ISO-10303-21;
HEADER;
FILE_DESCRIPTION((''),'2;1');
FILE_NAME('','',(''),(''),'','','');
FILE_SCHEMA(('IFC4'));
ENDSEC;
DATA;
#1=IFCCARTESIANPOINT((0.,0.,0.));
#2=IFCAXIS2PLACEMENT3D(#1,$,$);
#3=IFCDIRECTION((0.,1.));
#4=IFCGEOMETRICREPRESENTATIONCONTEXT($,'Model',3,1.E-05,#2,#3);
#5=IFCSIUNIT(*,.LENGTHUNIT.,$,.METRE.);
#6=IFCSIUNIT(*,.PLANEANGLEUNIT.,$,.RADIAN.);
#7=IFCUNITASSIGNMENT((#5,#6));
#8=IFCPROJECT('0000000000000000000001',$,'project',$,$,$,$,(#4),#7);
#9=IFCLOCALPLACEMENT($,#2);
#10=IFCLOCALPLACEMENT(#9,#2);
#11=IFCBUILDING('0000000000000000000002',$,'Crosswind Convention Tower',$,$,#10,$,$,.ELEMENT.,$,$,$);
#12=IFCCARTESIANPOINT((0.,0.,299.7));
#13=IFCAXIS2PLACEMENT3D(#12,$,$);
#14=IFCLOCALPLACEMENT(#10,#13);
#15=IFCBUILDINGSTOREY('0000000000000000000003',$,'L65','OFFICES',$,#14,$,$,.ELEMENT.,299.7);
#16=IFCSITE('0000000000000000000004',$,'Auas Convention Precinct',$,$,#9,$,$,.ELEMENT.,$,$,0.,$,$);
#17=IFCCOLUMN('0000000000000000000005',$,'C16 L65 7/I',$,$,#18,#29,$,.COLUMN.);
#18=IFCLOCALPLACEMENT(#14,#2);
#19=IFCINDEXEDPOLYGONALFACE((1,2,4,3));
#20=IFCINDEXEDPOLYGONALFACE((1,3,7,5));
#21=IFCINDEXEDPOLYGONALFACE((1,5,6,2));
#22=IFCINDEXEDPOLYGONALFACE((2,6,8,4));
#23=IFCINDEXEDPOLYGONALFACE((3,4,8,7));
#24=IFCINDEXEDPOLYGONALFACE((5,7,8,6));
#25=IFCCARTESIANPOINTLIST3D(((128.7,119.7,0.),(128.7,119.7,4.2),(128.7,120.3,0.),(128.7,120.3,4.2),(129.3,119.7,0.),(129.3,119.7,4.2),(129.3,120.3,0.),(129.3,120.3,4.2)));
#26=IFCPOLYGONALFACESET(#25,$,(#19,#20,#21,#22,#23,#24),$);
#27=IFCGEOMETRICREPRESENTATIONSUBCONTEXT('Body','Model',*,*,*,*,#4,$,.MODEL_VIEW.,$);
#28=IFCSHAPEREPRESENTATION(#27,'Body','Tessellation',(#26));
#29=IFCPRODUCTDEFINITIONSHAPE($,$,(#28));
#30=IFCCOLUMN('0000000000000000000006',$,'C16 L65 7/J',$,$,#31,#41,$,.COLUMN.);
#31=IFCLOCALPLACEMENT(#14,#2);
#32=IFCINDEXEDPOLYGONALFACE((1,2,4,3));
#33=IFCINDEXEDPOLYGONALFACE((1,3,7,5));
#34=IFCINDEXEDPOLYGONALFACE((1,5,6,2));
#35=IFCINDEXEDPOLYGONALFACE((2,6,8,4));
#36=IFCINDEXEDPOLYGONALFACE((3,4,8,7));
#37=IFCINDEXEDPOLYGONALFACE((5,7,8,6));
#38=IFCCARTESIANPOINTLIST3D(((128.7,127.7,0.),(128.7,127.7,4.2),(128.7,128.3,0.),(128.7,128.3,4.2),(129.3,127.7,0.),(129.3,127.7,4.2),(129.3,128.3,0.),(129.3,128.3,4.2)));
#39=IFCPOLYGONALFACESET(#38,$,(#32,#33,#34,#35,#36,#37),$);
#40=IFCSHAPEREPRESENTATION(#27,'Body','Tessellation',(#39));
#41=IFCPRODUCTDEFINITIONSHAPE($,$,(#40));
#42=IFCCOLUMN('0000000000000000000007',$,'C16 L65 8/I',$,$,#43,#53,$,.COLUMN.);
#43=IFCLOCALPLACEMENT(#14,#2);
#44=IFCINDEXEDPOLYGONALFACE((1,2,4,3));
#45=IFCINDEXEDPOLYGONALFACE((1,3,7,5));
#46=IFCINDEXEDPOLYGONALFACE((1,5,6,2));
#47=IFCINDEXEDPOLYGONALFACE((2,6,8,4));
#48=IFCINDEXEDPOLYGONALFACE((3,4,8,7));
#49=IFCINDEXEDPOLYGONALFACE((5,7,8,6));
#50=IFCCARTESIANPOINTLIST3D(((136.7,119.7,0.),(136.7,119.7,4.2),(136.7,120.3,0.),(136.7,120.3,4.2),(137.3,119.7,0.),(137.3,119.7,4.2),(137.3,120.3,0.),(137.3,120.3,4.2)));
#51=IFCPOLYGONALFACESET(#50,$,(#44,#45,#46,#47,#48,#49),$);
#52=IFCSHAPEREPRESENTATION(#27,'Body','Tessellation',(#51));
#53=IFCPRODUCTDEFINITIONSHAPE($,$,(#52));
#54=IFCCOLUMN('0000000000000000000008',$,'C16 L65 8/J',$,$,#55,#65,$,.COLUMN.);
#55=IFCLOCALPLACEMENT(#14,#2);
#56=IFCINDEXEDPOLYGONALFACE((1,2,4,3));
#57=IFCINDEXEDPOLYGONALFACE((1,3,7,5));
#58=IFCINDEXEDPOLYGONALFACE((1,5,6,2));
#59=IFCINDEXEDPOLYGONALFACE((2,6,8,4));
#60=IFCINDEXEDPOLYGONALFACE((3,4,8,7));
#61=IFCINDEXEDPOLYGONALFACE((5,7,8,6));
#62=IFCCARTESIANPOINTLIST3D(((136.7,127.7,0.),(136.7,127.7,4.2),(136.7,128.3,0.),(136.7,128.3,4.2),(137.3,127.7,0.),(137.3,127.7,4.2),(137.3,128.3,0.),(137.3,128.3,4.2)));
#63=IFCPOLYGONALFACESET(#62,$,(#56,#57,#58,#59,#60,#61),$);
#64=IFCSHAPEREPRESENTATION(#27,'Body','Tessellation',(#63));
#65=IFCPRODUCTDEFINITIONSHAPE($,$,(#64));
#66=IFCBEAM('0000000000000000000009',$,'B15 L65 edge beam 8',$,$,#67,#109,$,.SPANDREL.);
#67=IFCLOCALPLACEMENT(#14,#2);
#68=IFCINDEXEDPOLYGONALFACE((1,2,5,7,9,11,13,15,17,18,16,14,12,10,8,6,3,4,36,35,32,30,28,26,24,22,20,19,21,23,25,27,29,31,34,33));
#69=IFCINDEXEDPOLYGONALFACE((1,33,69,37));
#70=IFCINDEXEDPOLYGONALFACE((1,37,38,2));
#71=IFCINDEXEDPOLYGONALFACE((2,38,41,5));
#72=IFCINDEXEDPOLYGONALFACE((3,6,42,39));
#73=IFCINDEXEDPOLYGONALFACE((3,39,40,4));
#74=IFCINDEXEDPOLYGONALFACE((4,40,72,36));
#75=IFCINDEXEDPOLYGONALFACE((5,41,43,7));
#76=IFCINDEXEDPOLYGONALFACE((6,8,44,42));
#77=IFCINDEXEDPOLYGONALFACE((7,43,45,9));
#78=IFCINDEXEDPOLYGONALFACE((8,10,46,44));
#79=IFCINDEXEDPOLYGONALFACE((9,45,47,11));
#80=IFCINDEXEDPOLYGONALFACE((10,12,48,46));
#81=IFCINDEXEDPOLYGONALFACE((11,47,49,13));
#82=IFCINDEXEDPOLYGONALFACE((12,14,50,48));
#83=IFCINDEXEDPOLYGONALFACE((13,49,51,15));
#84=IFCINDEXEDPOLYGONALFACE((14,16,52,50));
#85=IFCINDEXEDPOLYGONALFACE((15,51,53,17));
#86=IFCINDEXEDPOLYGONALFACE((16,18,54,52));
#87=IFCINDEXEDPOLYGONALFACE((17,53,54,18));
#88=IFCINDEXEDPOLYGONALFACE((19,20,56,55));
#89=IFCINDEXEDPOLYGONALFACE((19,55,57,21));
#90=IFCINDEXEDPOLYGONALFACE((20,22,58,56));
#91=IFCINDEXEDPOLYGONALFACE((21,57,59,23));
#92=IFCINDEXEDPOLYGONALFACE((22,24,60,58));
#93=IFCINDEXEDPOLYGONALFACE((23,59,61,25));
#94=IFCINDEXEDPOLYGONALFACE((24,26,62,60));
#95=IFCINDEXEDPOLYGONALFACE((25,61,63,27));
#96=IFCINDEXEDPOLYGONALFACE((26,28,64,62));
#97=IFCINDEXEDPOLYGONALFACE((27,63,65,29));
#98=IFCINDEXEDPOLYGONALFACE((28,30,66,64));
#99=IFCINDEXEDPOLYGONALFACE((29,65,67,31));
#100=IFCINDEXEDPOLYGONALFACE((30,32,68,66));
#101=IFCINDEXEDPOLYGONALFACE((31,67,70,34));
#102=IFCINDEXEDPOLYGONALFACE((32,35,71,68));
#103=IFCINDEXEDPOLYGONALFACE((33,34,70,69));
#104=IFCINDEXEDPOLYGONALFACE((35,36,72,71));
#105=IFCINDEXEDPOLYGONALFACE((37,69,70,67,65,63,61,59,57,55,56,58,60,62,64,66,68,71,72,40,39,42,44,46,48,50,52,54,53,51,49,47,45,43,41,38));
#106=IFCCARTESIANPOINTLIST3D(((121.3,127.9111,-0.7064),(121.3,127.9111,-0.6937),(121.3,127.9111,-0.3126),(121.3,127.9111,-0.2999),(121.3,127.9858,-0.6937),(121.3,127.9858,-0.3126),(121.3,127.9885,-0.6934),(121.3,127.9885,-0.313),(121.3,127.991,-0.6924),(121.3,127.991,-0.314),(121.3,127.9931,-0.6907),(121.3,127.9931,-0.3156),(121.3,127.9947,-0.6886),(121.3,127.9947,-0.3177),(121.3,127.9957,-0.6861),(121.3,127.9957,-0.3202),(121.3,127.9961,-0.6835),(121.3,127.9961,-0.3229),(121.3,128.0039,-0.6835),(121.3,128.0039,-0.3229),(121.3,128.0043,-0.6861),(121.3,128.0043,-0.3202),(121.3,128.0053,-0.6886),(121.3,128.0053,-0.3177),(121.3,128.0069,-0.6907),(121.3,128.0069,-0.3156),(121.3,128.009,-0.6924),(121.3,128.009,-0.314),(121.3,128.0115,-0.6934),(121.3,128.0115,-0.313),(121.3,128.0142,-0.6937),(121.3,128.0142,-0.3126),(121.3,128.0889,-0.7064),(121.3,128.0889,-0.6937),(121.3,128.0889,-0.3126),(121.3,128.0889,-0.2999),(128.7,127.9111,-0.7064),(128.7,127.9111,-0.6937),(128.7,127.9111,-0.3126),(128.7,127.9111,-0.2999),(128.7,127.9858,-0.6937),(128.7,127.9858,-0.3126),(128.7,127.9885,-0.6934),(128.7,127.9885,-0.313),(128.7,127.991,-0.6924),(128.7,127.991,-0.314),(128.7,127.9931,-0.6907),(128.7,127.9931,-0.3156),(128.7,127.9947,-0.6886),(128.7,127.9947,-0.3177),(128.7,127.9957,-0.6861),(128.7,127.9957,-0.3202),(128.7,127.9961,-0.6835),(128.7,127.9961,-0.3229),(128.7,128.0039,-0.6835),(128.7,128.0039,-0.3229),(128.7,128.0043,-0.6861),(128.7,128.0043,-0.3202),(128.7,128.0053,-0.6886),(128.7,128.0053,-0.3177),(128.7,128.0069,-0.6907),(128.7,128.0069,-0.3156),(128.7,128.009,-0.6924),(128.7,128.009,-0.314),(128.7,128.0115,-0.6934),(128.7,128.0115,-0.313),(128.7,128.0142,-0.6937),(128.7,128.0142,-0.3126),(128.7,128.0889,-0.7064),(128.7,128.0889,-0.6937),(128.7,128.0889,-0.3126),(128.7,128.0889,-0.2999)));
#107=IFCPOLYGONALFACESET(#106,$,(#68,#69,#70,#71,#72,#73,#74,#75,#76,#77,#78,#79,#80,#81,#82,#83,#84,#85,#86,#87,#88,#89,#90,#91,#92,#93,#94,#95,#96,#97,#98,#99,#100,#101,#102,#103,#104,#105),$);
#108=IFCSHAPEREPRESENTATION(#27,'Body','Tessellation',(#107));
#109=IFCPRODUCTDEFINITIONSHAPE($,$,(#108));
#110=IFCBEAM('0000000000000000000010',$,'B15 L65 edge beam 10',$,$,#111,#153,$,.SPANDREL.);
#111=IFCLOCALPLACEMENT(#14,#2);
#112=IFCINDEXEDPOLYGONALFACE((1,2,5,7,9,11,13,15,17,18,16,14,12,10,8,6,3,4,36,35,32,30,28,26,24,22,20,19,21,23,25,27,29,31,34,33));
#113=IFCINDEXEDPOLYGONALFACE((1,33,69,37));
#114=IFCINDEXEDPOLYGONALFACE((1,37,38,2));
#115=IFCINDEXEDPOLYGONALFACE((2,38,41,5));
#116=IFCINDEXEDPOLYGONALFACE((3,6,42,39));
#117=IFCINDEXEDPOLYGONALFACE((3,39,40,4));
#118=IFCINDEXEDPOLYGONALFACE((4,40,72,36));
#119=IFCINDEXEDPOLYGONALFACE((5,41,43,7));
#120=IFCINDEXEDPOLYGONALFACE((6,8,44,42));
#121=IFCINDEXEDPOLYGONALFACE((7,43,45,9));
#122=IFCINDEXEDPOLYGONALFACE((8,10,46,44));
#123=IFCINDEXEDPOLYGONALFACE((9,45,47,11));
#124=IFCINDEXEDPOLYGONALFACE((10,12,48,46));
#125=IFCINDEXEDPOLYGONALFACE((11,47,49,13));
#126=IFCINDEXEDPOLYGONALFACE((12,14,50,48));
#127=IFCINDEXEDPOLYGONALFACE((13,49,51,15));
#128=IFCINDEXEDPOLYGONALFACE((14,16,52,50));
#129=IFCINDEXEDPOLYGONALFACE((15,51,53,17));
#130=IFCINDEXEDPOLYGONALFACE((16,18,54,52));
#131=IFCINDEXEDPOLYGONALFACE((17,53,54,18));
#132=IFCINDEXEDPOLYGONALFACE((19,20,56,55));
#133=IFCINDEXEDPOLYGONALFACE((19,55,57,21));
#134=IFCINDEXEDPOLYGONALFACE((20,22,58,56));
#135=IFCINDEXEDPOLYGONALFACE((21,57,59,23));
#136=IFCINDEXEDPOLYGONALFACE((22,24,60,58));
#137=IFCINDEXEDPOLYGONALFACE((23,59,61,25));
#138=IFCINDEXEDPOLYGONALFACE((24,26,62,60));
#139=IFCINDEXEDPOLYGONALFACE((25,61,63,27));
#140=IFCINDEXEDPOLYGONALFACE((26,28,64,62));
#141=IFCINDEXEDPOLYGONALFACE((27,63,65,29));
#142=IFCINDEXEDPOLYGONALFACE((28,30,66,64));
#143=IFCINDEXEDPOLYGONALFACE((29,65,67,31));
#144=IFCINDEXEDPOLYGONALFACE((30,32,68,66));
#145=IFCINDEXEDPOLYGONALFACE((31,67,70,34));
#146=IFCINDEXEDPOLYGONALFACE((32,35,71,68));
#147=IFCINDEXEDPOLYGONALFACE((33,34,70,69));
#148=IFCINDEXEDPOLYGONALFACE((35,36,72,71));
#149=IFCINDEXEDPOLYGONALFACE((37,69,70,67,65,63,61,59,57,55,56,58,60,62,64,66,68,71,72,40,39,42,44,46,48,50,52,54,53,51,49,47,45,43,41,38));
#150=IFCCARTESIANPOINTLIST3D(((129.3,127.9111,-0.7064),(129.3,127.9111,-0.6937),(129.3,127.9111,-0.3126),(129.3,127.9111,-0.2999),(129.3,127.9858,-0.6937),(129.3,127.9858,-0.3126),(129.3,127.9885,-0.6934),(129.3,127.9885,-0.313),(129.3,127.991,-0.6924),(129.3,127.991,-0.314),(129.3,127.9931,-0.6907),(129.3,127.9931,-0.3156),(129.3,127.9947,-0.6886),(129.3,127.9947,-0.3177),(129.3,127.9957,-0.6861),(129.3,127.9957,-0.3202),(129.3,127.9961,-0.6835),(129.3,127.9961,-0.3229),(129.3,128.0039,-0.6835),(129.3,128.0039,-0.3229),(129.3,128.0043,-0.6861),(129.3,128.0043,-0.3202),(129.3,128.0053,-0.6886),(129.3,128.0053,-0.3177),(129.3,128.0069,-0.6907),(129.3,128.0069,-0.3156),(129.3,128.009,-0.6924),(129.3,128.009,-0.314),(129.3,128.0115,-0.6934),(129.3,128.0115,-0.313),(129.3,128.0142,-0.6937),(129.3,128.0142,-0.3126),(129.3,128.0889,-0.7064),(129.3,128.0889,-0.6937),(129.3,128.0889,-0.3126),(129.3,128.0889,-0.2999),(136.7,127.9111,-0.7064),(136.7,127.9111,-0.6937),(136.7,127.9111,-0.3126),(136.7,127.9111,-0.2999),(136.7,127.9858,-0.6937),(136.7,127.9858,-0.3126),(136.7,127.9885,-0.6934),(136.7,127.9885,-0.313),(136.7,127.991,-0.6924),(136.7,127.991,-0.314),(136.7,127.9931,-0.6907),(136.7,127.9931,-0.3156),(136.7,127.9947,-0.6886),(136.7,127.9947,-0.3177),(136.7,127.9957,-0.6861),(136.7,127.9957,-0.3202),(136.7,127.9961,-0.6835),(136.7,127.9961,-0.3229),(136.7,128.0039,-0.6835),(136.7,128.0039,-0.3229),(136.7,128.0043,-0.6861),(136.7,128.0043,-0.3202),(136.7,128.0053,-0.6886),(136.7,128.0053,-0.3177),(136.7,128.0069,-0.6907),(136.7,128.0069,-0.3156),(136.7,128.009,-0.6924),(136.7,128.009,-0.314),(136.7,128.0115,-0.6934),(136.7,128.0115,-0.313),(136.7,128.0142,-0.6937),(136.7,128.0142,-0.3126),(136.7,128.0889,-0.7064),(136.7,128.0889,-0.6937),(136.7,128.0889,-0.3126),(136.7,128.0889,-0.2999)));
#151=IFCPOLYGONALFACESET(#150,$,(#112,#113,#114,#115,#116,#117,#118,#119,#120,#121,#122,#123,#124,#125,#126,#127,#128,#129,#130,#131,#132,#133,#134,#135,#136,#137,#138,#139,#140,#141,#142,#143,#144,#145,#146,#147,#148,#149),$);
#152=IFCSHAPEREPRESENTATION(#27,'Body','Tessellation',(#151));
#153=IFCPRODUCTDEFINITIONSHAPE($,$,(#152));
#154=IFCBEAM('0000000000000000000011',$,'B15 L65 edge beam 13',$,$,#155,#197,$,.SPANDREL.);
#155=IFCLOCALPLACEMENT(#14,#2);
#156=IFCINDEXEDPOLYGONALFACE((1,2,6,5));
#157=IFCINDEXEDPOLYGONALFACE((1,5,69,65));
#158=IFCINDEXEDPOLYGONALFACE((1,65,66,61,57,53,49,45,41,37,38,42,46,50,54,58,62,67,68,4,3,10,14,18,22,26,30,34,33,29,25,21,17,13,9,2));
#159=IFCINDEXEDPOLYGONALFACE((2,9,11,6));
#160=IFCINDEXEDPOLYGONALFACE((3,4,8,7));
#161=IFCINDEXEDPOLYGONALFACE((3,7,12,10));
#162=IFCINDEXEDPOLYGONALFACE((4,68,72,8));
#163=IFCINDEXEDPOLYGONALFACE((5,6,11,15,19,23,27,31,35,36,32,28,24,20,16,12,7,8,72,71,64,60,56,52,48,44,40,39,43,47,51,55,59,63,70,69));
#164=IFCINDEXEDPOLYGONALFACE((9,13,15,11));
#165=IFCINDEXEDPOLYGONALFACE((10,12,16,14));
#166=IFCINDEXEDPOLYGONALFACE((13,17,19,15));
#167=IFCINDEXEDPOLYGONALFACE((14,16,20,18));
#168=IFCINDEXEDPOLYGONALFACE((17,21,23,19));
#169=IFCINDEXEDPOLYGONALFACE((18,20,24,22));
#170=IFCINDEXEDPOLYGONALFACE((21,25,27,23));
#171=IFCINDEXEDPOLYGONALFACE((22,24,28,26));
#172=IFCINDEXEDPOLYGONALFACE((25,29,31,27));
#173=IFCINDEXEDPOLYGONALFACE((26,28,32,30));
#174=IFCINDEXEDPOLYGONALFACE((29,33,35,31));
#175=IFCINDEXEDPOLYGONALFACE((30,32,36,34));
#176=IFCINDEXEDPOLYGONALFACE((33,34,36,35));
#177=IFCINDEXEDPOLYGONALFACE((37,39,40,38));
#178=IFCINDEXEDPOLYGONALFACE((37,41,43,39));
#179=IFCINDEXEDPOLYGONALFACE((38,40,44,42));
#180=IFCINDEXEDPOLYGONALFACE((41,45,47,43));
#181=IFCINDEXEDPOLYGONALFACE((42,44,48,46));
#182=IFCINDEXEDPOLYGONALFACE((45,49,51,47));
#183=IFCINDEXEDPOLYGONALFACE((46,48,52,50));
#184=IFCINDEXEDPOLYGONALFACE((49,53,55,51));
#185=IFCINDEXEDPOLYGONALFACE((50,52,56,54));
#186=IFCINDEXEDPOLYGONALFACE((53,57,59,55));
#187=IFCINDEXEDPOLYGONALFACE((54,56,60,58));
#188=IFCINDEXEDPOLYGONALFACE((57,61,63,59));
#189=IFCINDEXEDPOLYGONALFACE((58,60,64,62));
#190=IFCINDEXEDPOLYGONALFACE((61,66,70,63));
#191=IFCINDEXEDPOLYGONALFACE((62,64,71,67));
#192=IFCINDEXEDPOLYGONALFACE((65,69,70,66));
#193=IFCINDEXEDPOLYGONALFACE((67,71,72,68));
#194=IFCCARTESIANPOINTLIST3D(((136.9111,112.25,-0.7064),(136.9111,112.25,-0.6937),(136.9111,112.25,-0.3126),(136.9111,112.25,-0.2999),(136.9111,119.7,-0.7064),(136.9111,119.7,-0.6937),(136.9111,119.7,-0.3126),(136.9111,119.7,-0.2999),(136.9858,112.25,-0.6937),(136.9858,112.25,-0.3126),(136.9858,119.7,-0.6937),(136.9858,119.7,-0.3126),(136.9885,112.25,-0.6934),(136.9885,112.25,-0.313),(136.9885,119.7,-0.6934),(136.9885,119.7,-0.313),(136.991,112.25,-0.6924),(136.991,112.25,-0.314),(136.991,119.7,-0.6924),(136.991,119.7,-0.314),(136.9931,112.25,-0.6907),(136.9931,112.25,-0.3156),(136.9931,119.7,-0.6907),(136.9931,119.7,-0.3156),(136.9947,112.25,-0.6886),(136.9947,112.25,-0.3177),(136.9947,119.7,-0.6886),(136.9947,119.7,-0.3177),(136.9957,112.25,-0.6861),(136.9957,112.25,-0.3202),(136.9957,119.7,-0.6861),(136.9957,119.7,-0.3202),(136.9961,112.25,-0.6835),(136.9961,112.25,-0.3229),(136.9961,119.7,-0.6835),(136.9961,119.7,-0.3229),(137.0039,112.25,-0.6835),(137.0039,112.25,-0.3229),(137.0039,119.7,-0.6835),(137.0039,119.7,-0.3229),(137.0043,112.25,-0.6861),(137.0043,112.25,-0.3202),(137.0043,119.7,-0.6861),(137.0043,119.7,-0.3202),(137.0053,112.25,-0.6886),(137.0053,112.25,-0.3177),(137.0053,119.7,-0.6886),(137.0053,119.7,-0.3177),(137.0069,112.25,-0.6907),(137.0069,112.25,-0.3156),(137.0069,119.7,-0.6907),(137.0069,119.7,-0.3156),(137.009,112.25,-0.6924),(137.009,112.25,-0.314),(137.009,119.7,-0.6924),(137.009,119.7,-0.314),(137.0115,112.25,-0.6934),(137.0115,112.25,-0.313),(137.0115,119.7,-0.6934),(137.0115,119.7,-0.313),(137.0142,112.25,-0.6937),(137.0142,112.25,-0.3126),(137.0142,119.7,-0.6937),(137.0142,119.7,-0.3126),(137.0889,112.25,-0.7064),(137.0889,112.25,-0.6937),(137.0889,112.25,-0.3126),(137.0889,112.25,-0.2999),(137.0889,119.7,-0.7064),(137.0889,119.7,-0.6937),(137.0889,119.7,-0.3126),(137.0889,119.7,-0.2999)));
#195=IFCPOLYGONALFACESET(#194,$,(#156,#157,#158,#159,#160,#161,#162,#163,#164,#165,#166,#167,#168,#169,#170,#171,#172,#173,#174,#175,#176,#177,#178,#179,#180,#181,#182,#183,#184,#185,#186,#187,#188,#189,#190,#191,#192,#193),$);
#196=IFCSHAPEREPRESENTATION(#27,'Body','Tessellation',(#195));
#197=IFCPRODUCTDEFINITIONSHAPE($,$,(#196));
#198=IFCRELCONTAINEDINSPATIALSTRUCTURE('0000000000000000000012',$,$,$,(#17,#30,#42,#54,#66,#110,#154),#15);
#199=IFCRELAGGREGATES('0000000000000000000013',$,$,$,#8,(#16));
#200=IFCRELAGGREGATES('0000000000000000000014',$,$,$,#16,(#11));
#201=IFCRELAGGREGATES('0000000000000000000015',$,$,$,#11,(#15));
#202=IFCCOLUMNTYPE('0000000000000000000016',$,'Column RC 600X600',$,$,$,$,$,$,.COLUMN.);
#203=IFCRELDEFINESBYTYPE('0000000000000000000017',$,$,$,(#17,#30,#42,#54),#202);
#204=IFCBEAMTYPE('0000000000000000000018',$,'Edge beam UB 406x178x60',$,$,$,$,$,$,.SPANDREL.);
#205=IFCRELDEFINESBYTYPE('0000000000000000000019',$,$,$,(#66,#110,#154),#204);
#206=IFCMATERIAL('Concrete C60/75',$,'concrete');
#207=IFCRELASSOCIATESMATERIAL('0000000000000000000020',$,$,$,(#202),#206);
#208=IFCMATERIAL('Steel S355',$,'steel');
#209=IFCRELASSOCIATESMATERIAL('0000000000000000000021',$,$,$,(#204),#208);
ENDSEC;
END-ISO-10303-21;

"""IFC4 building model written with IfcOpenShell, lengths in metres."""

from ifc_helpers import new_model, si_unit, direction, frame, origin, origin_2d, place, context, subcontext, project, spatial, rectangle, i_section, extrude, material, material_profile, profile_set, type_object, element, save


model = new_model("IFC4")

# Units and contexts
model_context = context("Model", 3, precision=1e-05, world=origin(), true_north=direction((0.0, 1.0)))
body_context = subcontext(model_context, "Body", "Model", "MODEL_VIEW")
ifc_project = project(units=[si_unit("LENGTHUNIT", "METRE"), si_unit("PLANEANGLEUNIT", "RADIAN")], contexts=[model_context])

# Site, building, storey
site_placement = place(None, origin())
site = spatial("IfcSite", under=ifc_project, at=site_placement, Name="Auas Convention Precinct", CompositionType="ELEMENT", RefElevation=0.0)
building_placement = place(site_placement, origin())
building = spatial("IfcBuilding", under=site, at=building_placement, Name="Crosswind Convention Tower", CompositionType="ELEMENT")
storey_placement = place(building_placement, frame((0.0, 0.0, 299.7)))
storey = spatial("IfcBuildingStorey", under=building, at=storey_placement, Name="L65", Description="OFFICES", CompositionType="ELEMENT", Elevation=299.7)

# Columns
ifc_material_1 = material(Name="Concrete C60/75", Category="concrete")
ifc_material_profile_1 = material_profile(ifc_material_1, rectangle(XDim=0.6001, YDim=0.6001, at=origin_2d()), Name="RC 600X600")
ifc_profile_set_1 = profile_set([ifc_material_profile_1], Name="Concrete C60/75")
column_type = type_object("IfcColumnType", Name="Column RC 600X600", PredefinedType="COLUMN", material=ifc_profile_set_1)
for number, where, z_axis, x_axis, name in (
    (1, (129.0, 120.0, 0.0), (0.0, 0.0, 1.0), (1.0, 0.0, 0.0), "C16 L65 7/I"),
    (2, (129.0, 128.0, 0.0), (0.0, 0.0, 1.0), (1.0, 0.0, 0.0), "C16 L65 7/J"),
    (3, (137.0, 120.0, 0.0), (0.0, 0.0, 1.0), (1.0, 0.0, 0.0), "C16 L65 8/I"),
    (4, (137.0, 128.0, 0.0), (0.0, 0.0, 1.0), (1.0, 0.0, 0.0), "C16 L65 8/J"),
):
    element("IfcColumn", number, at=place(storey_placement, frame(where, z_axis=z_axis, x_axis=x_axis)), inside=storey, type_object=column_type, Name=name, PredefinedType="COLUMN", context=body_context, shape_type="SweptSolid", body=[
        extrude(rectangle(XDim=0.6001, YDim=0.6001, at=origin_2d()), origin(), (0.0, 0.0, 1.0), 4.2),
    ])

# Beams
ifc_material_2 = material(Name="Steel S355", Category="steel")
ifc_material_profile_2 = material_profile(ifc_material_2, i_section(OverallWidth=0.1777, OverallDepth=0.4065, WebThickness=0.0078, FlangeThickness=0.0127, FilletRadius=0.0103, at=origin_2d()), Name="UB 406x178x60")
ifc_profile_set_2 = profile_set([ifc_material_profile_2], Name="Steel S355")
beam_type_1 = type_object("IfcBeamType", Name="Edge beam UB 406x178x60", PredefinedType="SPANDREL", material=ifc_profile_set_2)
for number, where, z_axis, x_axis, name in (
    (5, (121.3, 128.0, -0.5032), (1.0, 0.0, 0.0), (0.0, 1.0, 0.0), "B15 L65 edge beam 8"),
    (6, (129.3, 128.0, -0.5032), (1.0, 0.0, 0.0), (0.0, 1.0, 0.0), "B15 L65 edge beam 10"),
):
    element("IfcBeam", number, at=place(storey_placement, frame(where, z_axis=z_axis, x_axis=x_axis)), inside=storey, type_object=beam_type_1, Name=name, PredefinedType="SPANDREL", context=body_context, shape_type="SweptSolid", body=[
        extrude(i_section(OverallWidth=0.1777, OverallDepth=0.4065, WebThickness=0.0078, FlangeThickness=0.0127, FilletRadius=0.0103, at=origin_2d()), origin(), (0.0, 0.0, 1.0), 7.3999),
    ])
beam_1_placement = place(storey_placement, frame((137.0, 112.25, -0.5032), z_axis=(0.0, 1.0, 0.0), x_axis=(-1.0, 0.0, 0.0)))
element("IfcBeam", 7, at=beam_1_placement, inside=storey, type_object=beam_type_1, Name="B15 L65 edge beam 13", PredefinedType="SPANDREL", context=body_context, shape_type="SweptSolid", body=[
    extrude(i_section(OverallWidth=0.1777, OverallDepth=0.4065, WebThickness=0.0078, FlangeThickness=0.0127, FilletRadius=0.0103, at=origin_2d()), origin(), (0.0, 0.0, 1.0), 7.45),
])

save(model, "model.ifc")
